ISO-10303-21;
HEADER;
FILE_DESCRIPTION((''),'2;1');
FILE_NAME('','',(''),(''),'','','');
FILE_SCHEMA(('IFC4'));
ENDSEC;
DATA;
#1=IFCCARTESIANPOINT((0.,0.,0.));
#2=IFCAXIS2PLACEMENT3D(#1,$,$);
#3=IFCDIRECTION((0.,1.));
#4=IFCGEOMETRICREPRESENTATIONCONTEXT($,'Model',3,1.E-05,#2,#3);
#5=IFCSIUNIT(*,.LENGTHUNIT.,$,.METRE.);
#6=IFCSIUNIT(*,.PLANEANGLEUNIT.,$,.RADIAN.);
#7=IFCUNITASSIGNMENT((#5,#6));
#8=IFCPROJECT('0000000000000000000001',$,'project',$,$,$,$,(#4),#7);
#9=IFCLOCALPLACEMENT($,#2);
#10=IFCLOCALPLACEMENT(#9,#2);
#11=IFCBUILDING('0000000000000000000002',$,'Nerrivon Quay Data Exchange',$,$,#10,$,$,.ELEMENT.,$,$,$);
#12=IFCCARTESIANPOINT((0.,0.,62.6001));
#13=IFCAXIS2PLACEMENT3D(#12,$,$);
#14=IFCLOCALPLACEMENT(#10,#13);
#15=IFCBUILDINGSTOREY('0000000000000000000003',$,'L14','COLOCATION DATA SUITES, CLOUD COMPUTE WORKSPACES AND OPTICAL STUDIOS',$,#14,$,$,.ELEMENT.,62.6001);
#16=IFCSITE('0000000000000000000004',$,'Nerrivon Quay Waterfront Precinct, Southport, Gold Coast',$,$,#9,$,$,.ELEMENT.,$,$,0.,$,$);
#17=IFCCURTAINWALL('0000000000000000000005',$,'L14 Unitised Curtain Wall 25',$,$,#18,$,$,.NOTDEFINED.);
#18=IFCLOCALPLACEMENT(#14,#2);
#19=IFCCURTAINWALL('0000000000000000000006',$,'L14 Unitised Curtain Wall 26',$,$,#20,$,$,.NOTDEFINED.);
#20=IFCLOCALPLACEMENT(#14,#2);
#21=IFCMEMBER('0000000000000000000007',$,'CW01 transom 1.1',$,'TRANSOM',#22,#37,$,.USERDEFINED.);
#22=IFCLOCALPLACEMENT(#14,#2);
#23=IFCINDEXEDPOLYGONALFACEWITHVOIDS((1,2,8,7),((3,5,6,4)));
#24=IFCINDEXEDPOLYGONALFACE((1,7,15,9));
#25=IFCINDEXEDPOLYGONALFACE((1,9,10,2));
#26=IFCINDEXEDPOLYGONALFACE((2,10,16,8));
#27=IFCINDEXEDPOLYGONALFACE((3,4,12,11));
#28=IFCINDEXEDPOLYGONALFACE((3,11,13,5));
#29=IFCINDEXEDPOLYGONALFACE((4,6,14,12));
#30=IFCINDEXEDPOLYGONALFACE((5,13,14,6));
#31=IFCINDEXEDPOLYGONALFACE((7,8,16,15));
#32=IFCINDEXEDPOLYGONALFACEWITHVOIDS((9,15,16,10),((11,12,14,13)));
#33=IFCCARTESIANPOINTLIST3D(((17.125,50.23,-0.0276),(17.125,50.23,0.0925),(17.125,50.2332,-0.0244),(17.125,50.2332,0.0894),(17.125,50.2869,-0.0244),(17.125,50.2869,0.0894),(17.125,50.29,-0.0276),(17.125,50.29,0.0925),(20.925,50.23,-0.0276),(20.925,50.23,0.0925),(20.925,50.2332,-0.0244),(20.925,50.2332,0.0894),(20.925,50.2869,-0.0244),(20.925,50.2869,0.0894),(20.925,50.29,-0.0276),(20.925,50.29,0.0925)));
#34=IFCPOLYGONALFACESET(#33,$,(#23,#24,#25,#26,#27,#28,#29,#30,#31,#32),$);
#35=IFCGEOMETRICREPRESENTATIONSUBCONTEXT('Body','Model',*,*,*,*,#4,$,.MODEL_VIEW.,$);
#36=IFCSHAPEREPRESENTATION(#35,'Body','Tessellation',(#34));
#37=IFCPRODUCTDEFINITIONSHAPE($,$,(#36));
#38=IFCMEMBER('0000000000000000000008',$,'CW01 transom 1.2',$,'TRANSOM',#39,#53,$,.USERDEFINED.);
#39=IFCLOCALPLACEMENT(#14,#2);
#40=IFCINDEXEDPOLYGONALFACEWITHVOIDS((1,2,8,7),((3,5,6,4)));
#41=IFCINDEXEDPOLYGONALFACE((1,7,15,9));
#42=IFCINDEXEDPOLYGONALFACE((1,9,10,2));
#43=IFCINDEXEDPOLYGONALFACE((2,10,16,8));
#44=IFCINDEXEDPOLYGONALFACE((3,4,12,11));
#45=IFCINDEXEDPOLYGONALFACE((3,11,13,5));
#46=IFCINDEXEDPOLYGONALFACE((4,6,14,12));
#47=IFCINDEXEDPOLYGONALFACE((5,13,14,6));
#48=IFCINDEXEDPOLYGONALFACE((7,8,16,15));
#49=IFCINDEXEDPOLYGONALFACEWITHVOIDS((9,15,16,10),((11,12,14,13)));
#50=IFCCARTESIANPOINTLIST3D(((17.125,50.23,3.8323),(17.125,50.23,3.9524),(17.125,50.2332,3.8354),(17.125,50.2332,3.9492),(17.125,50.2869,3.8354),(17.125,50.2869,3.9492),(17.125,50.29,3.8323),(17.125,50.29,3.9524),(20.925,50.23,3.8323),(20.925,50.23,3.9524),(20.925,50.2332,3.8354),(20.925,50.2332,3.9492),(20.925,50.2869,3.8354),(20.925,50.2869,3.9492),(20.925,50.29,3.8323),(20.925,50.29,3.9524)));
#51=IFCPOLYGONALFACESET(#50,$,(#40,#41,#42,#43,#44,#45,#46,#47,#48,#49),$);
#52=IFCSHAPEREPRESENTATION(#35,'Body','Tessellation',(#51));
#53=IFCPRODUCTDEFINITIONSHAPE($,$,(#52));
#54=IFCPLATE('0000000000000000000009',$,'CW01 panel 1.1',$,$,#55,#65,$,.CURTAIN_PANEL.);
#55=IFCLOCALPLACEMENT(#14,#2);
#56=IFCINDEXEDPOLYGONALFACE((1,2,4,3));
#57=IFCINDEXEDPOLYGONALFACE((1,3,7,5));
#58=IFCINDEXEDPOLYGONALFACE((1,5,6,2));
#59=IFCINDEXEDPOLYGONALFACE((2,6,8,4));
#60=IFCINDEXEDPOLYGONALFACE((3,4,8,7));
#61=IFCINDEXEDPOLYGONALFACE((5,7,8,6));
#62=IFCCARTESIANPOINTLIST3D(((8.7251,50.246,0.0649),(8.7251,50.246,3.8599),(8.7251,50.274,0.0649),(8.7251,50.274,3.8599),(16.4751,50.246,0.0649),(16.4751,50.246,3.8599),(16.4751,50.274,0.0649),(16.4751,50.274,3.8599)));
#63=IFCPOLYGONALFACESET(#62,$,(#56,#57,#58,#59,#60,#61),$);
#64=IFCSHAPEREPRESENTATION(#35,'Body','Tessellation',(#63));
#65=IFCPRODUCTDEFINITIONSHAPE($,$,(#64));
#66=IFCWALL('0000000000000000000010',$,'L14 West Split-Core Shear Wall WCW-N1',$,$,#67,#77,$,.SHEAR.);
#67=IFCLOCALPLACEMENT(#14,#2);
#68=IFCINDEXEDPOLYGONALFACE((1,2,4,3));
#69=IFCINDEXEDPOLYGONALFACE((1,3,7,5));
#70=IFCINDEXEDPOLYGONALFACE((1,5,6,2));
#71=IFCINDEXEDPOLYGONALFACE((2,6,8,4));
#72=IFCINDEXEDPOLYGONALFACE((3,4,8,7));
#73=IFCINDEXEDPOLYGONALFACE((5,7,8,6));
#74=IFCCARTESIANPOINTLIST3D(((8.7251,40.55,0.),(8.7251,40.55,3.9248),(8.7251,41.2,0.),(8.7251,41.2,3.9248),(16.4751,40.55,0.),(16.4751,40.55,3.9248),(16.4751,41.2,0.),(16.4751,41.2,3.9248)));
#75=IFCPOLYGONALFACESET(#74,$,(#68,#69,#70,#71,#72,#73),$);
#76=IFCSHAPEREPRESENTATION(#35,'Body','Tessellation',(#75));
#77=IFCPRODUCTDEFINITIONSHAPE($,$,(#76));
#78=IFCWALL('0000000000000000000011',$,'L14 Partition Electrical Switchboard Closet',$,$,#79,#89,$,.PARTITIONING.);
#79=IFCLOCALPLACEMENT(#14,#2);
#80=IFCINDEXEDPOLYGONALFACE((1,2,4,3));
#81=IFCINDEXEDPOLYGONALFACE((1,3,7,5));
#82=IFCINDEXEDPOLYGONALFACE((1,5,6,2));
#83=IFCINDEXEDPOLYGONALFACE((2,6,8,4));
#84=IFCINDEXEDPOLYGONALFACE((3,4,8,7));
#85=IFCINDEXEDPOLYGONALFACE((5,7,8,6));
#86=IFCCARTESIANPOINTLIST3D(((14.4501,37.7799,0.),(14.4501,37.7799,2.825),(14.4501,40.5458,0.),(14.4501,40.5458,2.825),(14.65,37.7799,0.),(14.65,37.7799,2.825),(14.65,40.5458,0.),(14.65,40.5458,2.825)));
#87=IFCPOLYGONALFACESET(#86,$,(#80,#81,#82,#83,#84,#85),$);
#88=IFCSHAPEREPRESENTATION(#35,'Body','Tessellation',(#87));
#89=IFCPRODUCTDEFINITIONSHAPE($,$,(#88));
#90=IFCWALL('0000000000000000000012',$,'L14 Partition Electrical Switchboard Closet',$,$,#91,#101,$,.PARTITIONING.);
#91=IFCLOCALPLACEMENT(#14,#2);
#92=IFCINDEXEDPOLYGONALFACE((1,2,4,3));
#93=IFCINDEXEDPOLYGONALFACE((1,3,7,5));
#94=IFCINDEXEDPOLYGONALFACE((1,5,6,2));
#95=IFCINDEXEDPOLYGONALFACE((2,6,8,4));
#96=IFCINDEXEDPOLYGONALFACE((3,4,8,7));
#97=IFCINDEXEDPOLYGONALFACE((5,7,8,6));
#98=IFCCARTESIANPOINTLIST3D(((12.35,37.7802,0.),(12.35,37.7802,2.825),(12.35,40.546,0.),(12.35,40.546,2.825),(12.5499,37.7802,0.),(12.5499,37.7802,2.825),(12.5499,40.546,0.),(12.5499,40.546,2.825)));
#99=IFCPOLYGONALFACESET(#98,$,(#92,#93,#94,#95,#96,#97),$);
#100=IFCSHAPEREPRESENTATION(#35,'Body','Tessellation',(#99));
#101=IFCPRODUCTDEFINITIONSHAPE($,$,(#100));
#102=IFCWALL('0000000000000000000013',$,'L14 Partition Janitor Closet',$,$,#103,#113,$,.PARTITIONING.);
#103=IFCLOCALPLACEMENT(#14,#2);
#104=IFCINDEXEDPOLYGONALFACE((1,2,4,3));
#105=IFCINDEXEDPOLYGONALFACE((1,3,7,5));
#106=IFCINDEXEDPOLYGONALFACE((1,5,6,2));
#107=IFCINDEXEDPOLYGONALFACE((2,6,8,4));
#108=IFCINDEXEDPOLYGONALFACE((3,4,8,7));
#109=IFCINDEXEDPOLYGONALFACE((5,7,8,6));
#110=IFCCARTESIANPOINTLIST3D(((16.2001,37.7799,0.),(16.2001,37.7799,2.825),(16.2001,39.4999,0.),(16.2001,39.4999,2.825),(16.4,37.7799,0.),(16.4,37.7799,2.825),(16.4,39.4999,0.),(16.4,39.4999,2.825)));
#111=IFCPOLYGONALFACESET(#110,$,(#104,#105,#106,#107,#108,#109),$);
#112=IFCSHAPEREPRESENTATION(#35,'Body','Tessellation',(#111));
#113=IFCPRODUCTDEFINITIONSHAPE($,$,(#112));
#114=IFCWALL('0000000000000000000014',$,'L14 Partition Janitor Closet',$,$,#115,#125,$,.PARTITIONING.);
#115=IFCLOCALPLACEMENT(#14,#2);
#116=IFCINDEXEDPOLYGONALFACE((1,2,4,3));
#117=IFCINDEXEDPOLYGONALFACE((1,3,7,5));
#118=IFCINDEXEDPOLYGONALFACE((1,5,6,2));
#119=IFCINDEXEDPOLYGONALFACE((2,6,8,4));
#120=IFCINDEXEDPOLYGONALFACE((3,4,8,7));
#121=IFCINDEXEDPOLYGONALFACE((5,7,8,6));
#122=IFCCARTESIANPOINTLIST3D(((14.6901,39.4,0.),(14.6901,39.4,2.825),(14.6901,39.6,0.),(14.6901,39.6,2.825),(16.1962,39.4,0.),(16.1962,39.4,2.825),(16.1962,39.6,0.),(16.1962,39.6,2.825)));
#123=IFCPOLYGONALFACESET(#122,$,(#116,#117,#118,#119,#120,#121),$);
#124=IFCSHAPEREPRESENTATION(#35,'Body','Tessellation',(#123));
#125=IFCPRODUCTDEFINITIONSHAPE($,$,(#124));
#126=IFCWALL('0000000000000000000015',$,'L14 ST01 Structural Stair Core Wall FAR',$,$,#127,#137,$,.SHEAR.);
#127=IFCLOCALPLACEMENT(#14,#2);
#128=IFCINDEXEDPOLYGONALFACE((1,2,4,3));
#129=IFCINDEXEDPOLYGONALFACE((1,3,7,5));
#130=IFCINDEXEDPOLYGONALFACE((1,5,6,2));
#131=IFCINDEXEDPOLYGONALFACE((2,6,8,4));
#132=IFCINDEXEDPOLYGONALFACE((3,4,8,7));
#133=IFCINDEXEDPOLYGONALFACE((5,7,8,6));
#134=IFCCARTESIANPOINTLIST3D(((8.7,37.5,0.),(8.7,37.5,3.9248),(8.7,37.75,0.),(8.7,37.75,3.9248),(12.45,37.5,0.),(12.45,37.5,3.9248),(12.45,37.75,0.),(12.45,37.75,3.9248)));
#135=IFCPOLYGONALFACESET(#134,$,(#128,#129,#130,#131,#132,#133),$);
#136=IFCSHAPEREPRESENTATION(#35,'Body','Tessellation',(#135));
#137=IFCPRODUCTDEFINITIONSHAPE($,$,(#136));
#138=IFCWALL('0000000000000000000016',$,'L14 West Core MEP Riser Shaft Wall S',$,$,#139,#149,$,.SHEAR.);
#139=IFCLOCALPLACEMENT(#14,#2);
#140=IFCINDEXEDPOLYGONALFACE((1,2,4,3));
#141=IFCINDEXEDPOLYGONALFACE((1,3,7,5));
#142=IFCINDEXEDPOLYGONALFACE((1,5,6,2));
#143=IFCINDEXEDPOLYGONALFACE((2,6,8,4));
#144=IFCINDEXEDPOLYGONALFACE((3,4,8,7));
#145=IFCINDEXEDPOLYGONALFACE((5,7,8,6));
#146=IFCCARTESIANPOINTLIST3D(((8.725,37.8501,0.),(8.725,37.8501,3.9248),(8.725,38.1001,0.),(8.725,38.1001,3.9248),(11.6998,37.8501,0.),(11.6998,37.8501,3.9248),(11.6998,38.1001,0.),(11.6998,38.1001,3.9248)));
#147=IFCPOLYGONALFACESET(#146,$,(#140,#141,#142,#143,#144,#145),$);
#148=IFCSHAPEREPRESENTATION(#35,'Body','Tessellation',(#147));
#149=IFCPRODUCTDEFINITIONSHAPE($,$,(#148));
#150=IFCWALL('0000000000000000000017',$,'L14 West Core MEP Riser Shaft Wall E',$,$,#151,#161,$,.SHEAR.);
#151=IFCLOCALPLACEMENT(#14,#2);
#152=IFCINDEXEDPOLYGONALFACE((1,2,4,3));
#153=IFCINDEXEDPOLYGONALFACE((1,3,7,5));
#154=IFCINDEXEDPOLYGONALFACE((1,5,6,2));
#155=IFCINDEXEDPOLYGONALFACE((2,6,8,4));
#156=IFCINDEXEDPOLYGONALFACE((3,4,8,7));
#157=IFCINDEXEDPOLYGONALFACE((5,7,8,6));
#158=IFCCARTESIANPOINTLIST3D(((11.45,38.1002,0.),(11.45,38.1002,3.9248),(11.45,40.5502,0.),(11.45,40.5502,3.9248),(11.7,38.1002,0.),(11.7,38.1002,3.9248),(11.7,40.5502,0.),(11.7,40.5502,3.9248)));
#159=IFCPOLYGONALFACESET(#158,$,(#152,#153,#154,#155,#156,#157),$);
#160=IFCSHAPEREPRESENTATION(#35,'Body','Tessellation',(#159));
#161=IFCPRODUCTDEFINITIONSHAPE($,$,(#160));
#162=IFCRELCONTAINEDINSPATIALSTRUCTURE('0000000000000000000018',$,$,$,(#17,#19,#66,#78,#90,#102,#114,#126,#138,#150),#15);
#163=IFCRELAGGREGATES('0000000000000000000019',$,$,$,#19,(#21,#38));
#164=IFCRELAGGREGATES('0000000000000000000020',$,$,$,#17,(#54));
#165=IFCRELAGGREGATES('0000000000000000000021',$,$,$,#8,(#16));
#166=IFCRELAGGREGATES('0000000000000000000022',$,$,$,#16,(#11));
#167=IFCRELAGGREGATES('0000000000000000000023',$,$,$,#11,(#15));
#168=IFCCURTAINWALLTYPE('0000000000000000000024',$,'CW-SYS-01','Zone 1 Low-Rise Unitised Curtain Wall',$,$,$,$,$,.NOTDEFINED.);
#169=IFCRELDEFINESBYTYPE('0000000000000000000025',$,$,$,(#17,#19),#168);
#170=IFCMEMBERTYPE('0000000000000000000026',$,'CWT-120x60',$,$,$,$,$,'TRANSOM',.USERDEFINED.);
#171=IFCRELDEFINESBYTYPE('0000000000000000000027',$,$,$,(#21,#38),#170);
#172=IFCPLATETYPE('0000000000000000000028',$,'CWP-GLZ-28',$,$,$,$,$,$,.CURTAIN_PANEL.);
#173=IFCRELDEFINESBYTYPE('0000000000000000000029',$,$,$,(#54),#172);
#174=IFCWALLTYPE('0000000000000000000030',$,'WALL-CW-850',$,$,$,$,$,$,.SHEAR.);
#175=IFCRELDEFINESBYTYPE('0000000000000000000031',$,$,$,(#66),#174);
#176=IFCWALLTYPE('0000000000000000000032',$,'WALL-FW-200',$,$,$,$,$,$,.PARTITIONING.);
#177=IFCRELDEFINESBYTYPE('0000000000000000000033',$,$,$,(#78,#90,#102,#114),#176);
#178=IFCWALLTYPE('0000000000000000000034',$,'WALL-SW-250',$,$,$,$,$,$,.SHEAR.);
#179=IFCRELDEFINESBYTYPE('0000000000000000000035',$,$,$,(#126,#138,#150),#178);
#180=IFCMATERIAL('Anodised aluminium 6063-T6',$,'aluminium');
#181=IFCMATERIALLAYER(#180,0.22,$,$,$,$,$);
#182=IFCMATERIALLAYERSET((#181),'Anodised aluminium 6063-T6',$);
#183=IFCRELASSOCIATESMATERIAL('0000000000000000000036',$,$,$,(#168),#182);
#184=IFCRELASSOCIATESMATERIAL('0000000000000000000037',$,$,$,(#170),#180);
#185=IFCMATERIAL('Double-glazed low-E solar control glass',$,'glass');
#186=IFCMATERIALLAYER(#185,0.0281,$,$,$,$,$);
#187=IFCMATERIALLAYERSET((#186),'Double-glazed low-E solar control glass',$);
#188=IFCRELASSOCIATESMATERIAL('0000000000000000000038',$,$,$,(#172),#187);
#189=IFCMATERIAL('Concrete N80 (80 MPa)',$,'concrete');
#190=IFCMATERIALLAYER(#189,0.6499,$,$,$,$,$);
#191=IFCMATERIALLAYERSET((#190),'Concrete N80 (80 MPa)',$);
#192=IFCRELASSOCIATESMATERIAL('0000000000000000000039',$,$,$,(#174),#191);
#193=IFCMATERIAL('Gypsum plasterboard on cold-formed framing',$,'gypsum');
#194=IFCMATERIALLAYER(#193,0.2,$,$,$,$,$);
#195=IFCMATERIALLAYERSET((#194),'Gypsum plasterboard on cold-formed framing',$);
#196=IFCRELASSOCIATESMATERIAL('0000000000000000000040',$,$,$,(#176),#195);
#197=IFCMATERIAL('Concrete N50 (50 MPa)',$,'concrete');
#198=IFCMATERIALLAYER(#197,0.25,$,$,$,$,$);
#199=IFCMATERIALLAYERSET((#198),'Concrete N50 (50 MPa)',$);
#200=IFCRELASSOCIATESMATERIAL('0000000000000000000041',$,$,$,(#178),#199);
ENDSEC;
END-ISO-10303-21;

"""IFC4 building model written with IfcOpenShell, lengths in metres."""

from ifc_helpers import new_model, si_unit, direction, frame, frame_2d, origin, origin_2d, place, context, subcontext, project, spatial, rectangle, hollow_rectangle, extrude, material, layer, layer_set, material_profile, profile_set, type_object, element, aggregate, save


model = new_model("IFC4")

# Units and contexts
model_context = context("Model", 3, precision=1e-05, world=origin(), true_north=direction((0.0, 1.0)))
body_context = subcontext(model_context, "Body", "Model", "MODEL_VIEW")
ifc_project = project(units=[si_unit("LENGTHUNIT", "METRE"), si_unit("PLANEANGLEUNIT", "RADIAN")], contexts=[model_context])

# Site, building, storey
site_placement = place(None, origin())
site = spatial("IfcSite", under=ifc_project, at=site_placement, Name="Nerrivon Quay Waterfront Precinct, Southport, Gold Coast", CompositionType="ELEMENT", RefElevation=0.0)
building_placement = place(site_placement, origin())
building = spatial("IfcBuilding", under=site, at=building_placement, Name="Nerrivon Quay Data Exchange", CompositionType="ELEMENT")
storey_placement = place(building_placement, frame((0.0, 0.0, 62.6001)))
storey = spatial("IfcBuildingStorey", under=building, at=storey_placement, Name="L14", Description="COLOCATION DATA SUITES, CLOUD COMPUTE WORKSPACES AND OPTICAL STUDIOS", CompositionType="ELEMENT", Elevation=62.6001)

# Shared definitions
ifc_material_1 = material(Name="Concrete N80 (80 MPa)", Category="concrete")

# Curtain wall
ifc_material_2 = material(Name="Anodised aluminium 6063-T6", Category="aluminium")
ifc_layer_1 = layer(ifc_material_2, 0.22)
ifc_layer_set_1 = layer_set([ifc_layer_1], Name="Anodised aluminium 6063-T6")
curtain_wall_type = type_object("IfcCurtainWallType", Name="CW-SYS-01", Description="Zone 1 Low-Rise Unitised Curtain Wall", PredefinedType="NOTDEFINED", material=ifc_layer_set_1)
curtain_wall_1_placement = place(storey_placement, origin())
curtain_wall_1 = element("IfcCurtainWall", 1, at=curtain_wall_1_placement, inside=storey, type_object=curtain_wall_type, Name="L14 Unitised Curtain Wall 25", PredefinedType="NOTDEFINED")

# Curtain wall
curtain_wall_2_placement = place(storey_placement, origin())
curtain_wall_2 = element("IfcCurtainWall", 2, at=curtain_wall_2_placement, inside=storey, type_object=curtain_wall_type, Name="L14 Unitised Curtain Wall 26", PredefinedType="NOTDEFINED")

# Members
ifc_material_profile_1 = material_profile(ifc_material_2, hollow_rectangle(XDim=0.0601, YDim=0.1201, WallThickness=0.0032, at=origin_2d()), Name="ALU-TRAN-120x60")
ifc_profile_set_1 = profile_set([ifc_material_profile_1], Name="Anodised aluminium 6063-T6")
member_type_1 = type_object("IfcMemberType", Name="CWT-120x60", ElementType="TRANSOM", PredefinedType="USERDEFINED", material=ifc_profile_set_1)
member_1_placement = place(storey_placement, frame((17.125, 50.26, 0.0325), z_axis=(1.0, 0.0, 0.0), x_axis=(0.0, 1.0, 0.0)))
member_1 = element("IfcMember", 3, at=member_1_placement, type_object=member_type_1, Name="CW01 transom 1.1", ObjectType="TRANSOM", PredefinedType="USERDEFINED", context=body_context, shape_type="SweptSolid", body=[
    extrude(hollow_rectangle(XDim=0.0601, YDim=0.1201, WallThickness=0.0032, at=origin_2d()), origin(), (0.0, 0.0, 1.0), 3.8),
])
member_2_placement = place(storey_placement, frame((17.125, 50.26, 3.8923), z_axis=(1.0, 0.0, 0.0), x_axis=(0.0, 1.0, 0.0)))
member_2 = element("IfcMember", 4, at=member_2_placement, type_object=member_type_1, Name="CW01 transom 1.2", ObjectType="TRANSOM", PredefinedType="USERDEFINED", context=body_context, shape_type="SweptSolid", body=[
    extrude(hollow_rectangle(XDim=0.0601, YDim=0.1201, WallThickness=0.0032, at=origin_2d()), origin(), (0.0, 0.0, 1.0), 3.8),
])
aggregate(curtain_wall_2, [member_1, member_2])

# Plate
ifc_material_3 = material(Name="Double-glazed low-E solar control glass", Category="glass")
ifc_layer_2 = layer(ifc_material_3, 0.0281)
ifc_layer_set_2 = layer_set([ifc_layer_2], Name="Double-glazed low-E solar control glass")
plate_type = type_object("IfcPlateType", Name="CWP-GLZ-28", PredefinedType="CURTAIN_PANEL", material=ifc_layer_set_2)
plate_placement = place(storey_placement, frame((12.6001, 50.26, 0.0649), z_axis=(0.0, 0.0, 1.0), x_axis=(1.0, 0.0, 0.0)))
plate = element("IfcPlate", 5, at=plate_placement, type_object=plate_type, Name="CW01 panel 1.1", PredefinedType="CURTAIN_PANEL", context=body_context, shape_type="SweptSolid", body=[
    extrude(rectangle(XDim=7.75, YDim=0.0281, at=origin_2d()), origin(), (0.0, 0.0, 1.0), 3.7949),
])
aggregate(curtain_wall_1, [plate])

# Wall
ifc_layer_3 = layer(ifc_material_1, 0.6499)
ifc_layer_set_3 = layer_set([ifc_layer_3], Name="Concrete N80 (80 MPa)")
wall_type_1 = type_object("IfcWallType", Name="WALL-CW-850", PredefinedType="SHEAR", material=ifc_layer_set_3)
wall_1_placement = place(storey_placement, frame((8.7251, 40.875, 0.0), z_axis=(0.0, 0.0, 1.0), x_axis=(1.0, 0.0, 0.0)))
element("IfcWall", 6, at=wall_1_placement, inside=storey, type_object=wall_type_1, Name="L14 West Split-Core Shear Wall WCW-N1", PredefinedType="SHEAR", context=body_context, shape_type="SweptSolid", body=[
    extrude(rectangle(XDim=7.75, YDim=0.6499, at=frame_2d((3.875, 0.0))), origin(), (0.0, 0.0, 1.0), 3.9248),
])

# Walls
ifc_material_4 = material(Name="Gypsum plasterboard on cold-formed framing", Category="gypsum")
ifc_layer_4 = layer(ifc_material_4, 0.2)
ifc_layer_set_4 = layer_set([ifc_layer_4], Name="Gypsum plasterboard on cold-formed framing")
wall_type_2 = type_object("IfcWallType", Name="WALL-FW-200", PredefinedType="PARTITIONING", material=ifc_layer_set_4)
for number, where, z_axis, x_axis, name in (
    (7, (14.55, 37.78, 0.0), (0.0, 0.0, 1.0), (0.0, 1.0, 0.0), "L14 Partition Electrical Switchboard Closet"),
    (8, (12.45, 40.5459, 0.0), (0.0, 0.0, 1.0), (0.0, -1.0, 0.0), "L14 Partition Electrical Switchboard Closet"),
):
    element("IfcWall", number, at=place(storey_placement, frame(where, z_axis=z_axis, x_axis=x_axis)), inside=storey, type_object=wall_type_2, Name=name, PredefinedType="PARTITIONING", context=body_context, shape_type="SweptSolid", body=[
        extrude(rectangle(XDim=2.7659, YDim=0.2, at=frame_2d((1.3828, 0.0))), origin(), (0.0, 0.0, 1.0), 2.825),
    ])
wall_2_placement = place(storey_placement, frame((16.3, 37.78, 0.0), z_axis=(0.0, 0.0, 1.0), x_axis=(0.0, 1.0, 0.0)))
element("IfcWall", 9, at=wall_2_placement, inside=storey, type_object=wall_type_2, Name="L14 Partition Janitor Closet", PredefinedType="PARTITIONING", context=body_context, shape_type="SweptSolid", body=[
    extrude(rectangle(XDim=1.72, YDim=0.2, at=frame_2d((0.8599, 0.0))), origin(), (0.0, 0.0, 1.0), 2.825),
])
wall_3_placement = place(storey_placement, frame((16.196, 39.5, 0.0), z_axis=(0.0, 0.0, 1.0), x_axis=(-1.0, 0.0, 0.0)))
element("IfcWall", 10, at=wall_3_placement, inside=storey, type_object=wall_type_2, Name="L14 Partition Janitor Closet", PredefinedType="PARTITIONING", context=body_context, shape_type="SweptSolid", body=[
    extrude(rectangle(XDim=1.5061, YDim=0.2, at=frame_2d((0.7529, 0.0))), origin(), (0.0, 0.0, 1.0), 2.825),
])
ifc_material_5 = material(Name="Concrete N50 (50 MPa)", Category="concrete")
ifc_layer_5 = layer(ifc_material_5, 0.25)
ifc_layer_set_5 = layer_set([ifc_layer_5], Name="Concrete N50 (50 MPa)")
wall_type_3 = type_object("IfcWallType", Name="WALL-SW-250", PredefinedType="SHEAR", material=ifc_layer_set_5)
wall_4_placement = place(storey_placement, frame((12.45, 37.625, 0.0), z_axis=(0.0, 0.0, 1.0), x_axis=(-1.0, 0.0, 0.0)))
element("IfcWall", 11, at=wall_4_placement, inside=storey, type_object=wall_type_3, Name="L14 ST01 Structural Stair Core Wall FAR", PredefinedType="SHEAR", context=body_context, shape_type="SweptSolid", body=[
    extrude(rectangle(XDim=3.75, YDim=0.25, at=frame_2d((1.875, 0.0))), origin(), (0.0, 0.0, 1.0), 3.9248),
])
wall_5_placement = place(storey_placement, frame((8.7251, 37.9751, 0.0), z_axis=(0.0, 0.0, 1.0), x_axis=(1.0, 0.0, 0.0)))
element("IfcWall", 12, at=wall_5_placement, inside=storey, type_object=wall_type_3, Name="L14 West Core MEP Riser Shaft Wall S", PredefinedType="SHEAR", context=body_context, shape_type="SweptSolid", body=[
    extrude(rectangle(XDim=2.9749, YDim=0.25, at=frame_2d((1.4873, 0.0))), origin(), (0.0, 0.0, 1.0), 3.9248),
])
wall_6_placement = place(storey_placement, frame((11.575, 38.1001, 0.0), z_axis=(0.0, 0.0, 1.0), x_axis=(0.0, 1.0, 0.0)))
element("IfcWall", 13, at=wall_6_placement, inside=storey, type_object=wall_type_3, Name="L14 West Core MEP Riser Shaft Wall E", PredefinedType="SHEAR", context=body_context, shape_type="SweptSolid", body=[
    extrude(rectangle(XDim=2.45, YDim=0.25, at=frame_2d((1.2251, 0.0))), origin(), (0.0, 0.0, 1.0), 3.9248),
])

save(model, "model.ifc")
